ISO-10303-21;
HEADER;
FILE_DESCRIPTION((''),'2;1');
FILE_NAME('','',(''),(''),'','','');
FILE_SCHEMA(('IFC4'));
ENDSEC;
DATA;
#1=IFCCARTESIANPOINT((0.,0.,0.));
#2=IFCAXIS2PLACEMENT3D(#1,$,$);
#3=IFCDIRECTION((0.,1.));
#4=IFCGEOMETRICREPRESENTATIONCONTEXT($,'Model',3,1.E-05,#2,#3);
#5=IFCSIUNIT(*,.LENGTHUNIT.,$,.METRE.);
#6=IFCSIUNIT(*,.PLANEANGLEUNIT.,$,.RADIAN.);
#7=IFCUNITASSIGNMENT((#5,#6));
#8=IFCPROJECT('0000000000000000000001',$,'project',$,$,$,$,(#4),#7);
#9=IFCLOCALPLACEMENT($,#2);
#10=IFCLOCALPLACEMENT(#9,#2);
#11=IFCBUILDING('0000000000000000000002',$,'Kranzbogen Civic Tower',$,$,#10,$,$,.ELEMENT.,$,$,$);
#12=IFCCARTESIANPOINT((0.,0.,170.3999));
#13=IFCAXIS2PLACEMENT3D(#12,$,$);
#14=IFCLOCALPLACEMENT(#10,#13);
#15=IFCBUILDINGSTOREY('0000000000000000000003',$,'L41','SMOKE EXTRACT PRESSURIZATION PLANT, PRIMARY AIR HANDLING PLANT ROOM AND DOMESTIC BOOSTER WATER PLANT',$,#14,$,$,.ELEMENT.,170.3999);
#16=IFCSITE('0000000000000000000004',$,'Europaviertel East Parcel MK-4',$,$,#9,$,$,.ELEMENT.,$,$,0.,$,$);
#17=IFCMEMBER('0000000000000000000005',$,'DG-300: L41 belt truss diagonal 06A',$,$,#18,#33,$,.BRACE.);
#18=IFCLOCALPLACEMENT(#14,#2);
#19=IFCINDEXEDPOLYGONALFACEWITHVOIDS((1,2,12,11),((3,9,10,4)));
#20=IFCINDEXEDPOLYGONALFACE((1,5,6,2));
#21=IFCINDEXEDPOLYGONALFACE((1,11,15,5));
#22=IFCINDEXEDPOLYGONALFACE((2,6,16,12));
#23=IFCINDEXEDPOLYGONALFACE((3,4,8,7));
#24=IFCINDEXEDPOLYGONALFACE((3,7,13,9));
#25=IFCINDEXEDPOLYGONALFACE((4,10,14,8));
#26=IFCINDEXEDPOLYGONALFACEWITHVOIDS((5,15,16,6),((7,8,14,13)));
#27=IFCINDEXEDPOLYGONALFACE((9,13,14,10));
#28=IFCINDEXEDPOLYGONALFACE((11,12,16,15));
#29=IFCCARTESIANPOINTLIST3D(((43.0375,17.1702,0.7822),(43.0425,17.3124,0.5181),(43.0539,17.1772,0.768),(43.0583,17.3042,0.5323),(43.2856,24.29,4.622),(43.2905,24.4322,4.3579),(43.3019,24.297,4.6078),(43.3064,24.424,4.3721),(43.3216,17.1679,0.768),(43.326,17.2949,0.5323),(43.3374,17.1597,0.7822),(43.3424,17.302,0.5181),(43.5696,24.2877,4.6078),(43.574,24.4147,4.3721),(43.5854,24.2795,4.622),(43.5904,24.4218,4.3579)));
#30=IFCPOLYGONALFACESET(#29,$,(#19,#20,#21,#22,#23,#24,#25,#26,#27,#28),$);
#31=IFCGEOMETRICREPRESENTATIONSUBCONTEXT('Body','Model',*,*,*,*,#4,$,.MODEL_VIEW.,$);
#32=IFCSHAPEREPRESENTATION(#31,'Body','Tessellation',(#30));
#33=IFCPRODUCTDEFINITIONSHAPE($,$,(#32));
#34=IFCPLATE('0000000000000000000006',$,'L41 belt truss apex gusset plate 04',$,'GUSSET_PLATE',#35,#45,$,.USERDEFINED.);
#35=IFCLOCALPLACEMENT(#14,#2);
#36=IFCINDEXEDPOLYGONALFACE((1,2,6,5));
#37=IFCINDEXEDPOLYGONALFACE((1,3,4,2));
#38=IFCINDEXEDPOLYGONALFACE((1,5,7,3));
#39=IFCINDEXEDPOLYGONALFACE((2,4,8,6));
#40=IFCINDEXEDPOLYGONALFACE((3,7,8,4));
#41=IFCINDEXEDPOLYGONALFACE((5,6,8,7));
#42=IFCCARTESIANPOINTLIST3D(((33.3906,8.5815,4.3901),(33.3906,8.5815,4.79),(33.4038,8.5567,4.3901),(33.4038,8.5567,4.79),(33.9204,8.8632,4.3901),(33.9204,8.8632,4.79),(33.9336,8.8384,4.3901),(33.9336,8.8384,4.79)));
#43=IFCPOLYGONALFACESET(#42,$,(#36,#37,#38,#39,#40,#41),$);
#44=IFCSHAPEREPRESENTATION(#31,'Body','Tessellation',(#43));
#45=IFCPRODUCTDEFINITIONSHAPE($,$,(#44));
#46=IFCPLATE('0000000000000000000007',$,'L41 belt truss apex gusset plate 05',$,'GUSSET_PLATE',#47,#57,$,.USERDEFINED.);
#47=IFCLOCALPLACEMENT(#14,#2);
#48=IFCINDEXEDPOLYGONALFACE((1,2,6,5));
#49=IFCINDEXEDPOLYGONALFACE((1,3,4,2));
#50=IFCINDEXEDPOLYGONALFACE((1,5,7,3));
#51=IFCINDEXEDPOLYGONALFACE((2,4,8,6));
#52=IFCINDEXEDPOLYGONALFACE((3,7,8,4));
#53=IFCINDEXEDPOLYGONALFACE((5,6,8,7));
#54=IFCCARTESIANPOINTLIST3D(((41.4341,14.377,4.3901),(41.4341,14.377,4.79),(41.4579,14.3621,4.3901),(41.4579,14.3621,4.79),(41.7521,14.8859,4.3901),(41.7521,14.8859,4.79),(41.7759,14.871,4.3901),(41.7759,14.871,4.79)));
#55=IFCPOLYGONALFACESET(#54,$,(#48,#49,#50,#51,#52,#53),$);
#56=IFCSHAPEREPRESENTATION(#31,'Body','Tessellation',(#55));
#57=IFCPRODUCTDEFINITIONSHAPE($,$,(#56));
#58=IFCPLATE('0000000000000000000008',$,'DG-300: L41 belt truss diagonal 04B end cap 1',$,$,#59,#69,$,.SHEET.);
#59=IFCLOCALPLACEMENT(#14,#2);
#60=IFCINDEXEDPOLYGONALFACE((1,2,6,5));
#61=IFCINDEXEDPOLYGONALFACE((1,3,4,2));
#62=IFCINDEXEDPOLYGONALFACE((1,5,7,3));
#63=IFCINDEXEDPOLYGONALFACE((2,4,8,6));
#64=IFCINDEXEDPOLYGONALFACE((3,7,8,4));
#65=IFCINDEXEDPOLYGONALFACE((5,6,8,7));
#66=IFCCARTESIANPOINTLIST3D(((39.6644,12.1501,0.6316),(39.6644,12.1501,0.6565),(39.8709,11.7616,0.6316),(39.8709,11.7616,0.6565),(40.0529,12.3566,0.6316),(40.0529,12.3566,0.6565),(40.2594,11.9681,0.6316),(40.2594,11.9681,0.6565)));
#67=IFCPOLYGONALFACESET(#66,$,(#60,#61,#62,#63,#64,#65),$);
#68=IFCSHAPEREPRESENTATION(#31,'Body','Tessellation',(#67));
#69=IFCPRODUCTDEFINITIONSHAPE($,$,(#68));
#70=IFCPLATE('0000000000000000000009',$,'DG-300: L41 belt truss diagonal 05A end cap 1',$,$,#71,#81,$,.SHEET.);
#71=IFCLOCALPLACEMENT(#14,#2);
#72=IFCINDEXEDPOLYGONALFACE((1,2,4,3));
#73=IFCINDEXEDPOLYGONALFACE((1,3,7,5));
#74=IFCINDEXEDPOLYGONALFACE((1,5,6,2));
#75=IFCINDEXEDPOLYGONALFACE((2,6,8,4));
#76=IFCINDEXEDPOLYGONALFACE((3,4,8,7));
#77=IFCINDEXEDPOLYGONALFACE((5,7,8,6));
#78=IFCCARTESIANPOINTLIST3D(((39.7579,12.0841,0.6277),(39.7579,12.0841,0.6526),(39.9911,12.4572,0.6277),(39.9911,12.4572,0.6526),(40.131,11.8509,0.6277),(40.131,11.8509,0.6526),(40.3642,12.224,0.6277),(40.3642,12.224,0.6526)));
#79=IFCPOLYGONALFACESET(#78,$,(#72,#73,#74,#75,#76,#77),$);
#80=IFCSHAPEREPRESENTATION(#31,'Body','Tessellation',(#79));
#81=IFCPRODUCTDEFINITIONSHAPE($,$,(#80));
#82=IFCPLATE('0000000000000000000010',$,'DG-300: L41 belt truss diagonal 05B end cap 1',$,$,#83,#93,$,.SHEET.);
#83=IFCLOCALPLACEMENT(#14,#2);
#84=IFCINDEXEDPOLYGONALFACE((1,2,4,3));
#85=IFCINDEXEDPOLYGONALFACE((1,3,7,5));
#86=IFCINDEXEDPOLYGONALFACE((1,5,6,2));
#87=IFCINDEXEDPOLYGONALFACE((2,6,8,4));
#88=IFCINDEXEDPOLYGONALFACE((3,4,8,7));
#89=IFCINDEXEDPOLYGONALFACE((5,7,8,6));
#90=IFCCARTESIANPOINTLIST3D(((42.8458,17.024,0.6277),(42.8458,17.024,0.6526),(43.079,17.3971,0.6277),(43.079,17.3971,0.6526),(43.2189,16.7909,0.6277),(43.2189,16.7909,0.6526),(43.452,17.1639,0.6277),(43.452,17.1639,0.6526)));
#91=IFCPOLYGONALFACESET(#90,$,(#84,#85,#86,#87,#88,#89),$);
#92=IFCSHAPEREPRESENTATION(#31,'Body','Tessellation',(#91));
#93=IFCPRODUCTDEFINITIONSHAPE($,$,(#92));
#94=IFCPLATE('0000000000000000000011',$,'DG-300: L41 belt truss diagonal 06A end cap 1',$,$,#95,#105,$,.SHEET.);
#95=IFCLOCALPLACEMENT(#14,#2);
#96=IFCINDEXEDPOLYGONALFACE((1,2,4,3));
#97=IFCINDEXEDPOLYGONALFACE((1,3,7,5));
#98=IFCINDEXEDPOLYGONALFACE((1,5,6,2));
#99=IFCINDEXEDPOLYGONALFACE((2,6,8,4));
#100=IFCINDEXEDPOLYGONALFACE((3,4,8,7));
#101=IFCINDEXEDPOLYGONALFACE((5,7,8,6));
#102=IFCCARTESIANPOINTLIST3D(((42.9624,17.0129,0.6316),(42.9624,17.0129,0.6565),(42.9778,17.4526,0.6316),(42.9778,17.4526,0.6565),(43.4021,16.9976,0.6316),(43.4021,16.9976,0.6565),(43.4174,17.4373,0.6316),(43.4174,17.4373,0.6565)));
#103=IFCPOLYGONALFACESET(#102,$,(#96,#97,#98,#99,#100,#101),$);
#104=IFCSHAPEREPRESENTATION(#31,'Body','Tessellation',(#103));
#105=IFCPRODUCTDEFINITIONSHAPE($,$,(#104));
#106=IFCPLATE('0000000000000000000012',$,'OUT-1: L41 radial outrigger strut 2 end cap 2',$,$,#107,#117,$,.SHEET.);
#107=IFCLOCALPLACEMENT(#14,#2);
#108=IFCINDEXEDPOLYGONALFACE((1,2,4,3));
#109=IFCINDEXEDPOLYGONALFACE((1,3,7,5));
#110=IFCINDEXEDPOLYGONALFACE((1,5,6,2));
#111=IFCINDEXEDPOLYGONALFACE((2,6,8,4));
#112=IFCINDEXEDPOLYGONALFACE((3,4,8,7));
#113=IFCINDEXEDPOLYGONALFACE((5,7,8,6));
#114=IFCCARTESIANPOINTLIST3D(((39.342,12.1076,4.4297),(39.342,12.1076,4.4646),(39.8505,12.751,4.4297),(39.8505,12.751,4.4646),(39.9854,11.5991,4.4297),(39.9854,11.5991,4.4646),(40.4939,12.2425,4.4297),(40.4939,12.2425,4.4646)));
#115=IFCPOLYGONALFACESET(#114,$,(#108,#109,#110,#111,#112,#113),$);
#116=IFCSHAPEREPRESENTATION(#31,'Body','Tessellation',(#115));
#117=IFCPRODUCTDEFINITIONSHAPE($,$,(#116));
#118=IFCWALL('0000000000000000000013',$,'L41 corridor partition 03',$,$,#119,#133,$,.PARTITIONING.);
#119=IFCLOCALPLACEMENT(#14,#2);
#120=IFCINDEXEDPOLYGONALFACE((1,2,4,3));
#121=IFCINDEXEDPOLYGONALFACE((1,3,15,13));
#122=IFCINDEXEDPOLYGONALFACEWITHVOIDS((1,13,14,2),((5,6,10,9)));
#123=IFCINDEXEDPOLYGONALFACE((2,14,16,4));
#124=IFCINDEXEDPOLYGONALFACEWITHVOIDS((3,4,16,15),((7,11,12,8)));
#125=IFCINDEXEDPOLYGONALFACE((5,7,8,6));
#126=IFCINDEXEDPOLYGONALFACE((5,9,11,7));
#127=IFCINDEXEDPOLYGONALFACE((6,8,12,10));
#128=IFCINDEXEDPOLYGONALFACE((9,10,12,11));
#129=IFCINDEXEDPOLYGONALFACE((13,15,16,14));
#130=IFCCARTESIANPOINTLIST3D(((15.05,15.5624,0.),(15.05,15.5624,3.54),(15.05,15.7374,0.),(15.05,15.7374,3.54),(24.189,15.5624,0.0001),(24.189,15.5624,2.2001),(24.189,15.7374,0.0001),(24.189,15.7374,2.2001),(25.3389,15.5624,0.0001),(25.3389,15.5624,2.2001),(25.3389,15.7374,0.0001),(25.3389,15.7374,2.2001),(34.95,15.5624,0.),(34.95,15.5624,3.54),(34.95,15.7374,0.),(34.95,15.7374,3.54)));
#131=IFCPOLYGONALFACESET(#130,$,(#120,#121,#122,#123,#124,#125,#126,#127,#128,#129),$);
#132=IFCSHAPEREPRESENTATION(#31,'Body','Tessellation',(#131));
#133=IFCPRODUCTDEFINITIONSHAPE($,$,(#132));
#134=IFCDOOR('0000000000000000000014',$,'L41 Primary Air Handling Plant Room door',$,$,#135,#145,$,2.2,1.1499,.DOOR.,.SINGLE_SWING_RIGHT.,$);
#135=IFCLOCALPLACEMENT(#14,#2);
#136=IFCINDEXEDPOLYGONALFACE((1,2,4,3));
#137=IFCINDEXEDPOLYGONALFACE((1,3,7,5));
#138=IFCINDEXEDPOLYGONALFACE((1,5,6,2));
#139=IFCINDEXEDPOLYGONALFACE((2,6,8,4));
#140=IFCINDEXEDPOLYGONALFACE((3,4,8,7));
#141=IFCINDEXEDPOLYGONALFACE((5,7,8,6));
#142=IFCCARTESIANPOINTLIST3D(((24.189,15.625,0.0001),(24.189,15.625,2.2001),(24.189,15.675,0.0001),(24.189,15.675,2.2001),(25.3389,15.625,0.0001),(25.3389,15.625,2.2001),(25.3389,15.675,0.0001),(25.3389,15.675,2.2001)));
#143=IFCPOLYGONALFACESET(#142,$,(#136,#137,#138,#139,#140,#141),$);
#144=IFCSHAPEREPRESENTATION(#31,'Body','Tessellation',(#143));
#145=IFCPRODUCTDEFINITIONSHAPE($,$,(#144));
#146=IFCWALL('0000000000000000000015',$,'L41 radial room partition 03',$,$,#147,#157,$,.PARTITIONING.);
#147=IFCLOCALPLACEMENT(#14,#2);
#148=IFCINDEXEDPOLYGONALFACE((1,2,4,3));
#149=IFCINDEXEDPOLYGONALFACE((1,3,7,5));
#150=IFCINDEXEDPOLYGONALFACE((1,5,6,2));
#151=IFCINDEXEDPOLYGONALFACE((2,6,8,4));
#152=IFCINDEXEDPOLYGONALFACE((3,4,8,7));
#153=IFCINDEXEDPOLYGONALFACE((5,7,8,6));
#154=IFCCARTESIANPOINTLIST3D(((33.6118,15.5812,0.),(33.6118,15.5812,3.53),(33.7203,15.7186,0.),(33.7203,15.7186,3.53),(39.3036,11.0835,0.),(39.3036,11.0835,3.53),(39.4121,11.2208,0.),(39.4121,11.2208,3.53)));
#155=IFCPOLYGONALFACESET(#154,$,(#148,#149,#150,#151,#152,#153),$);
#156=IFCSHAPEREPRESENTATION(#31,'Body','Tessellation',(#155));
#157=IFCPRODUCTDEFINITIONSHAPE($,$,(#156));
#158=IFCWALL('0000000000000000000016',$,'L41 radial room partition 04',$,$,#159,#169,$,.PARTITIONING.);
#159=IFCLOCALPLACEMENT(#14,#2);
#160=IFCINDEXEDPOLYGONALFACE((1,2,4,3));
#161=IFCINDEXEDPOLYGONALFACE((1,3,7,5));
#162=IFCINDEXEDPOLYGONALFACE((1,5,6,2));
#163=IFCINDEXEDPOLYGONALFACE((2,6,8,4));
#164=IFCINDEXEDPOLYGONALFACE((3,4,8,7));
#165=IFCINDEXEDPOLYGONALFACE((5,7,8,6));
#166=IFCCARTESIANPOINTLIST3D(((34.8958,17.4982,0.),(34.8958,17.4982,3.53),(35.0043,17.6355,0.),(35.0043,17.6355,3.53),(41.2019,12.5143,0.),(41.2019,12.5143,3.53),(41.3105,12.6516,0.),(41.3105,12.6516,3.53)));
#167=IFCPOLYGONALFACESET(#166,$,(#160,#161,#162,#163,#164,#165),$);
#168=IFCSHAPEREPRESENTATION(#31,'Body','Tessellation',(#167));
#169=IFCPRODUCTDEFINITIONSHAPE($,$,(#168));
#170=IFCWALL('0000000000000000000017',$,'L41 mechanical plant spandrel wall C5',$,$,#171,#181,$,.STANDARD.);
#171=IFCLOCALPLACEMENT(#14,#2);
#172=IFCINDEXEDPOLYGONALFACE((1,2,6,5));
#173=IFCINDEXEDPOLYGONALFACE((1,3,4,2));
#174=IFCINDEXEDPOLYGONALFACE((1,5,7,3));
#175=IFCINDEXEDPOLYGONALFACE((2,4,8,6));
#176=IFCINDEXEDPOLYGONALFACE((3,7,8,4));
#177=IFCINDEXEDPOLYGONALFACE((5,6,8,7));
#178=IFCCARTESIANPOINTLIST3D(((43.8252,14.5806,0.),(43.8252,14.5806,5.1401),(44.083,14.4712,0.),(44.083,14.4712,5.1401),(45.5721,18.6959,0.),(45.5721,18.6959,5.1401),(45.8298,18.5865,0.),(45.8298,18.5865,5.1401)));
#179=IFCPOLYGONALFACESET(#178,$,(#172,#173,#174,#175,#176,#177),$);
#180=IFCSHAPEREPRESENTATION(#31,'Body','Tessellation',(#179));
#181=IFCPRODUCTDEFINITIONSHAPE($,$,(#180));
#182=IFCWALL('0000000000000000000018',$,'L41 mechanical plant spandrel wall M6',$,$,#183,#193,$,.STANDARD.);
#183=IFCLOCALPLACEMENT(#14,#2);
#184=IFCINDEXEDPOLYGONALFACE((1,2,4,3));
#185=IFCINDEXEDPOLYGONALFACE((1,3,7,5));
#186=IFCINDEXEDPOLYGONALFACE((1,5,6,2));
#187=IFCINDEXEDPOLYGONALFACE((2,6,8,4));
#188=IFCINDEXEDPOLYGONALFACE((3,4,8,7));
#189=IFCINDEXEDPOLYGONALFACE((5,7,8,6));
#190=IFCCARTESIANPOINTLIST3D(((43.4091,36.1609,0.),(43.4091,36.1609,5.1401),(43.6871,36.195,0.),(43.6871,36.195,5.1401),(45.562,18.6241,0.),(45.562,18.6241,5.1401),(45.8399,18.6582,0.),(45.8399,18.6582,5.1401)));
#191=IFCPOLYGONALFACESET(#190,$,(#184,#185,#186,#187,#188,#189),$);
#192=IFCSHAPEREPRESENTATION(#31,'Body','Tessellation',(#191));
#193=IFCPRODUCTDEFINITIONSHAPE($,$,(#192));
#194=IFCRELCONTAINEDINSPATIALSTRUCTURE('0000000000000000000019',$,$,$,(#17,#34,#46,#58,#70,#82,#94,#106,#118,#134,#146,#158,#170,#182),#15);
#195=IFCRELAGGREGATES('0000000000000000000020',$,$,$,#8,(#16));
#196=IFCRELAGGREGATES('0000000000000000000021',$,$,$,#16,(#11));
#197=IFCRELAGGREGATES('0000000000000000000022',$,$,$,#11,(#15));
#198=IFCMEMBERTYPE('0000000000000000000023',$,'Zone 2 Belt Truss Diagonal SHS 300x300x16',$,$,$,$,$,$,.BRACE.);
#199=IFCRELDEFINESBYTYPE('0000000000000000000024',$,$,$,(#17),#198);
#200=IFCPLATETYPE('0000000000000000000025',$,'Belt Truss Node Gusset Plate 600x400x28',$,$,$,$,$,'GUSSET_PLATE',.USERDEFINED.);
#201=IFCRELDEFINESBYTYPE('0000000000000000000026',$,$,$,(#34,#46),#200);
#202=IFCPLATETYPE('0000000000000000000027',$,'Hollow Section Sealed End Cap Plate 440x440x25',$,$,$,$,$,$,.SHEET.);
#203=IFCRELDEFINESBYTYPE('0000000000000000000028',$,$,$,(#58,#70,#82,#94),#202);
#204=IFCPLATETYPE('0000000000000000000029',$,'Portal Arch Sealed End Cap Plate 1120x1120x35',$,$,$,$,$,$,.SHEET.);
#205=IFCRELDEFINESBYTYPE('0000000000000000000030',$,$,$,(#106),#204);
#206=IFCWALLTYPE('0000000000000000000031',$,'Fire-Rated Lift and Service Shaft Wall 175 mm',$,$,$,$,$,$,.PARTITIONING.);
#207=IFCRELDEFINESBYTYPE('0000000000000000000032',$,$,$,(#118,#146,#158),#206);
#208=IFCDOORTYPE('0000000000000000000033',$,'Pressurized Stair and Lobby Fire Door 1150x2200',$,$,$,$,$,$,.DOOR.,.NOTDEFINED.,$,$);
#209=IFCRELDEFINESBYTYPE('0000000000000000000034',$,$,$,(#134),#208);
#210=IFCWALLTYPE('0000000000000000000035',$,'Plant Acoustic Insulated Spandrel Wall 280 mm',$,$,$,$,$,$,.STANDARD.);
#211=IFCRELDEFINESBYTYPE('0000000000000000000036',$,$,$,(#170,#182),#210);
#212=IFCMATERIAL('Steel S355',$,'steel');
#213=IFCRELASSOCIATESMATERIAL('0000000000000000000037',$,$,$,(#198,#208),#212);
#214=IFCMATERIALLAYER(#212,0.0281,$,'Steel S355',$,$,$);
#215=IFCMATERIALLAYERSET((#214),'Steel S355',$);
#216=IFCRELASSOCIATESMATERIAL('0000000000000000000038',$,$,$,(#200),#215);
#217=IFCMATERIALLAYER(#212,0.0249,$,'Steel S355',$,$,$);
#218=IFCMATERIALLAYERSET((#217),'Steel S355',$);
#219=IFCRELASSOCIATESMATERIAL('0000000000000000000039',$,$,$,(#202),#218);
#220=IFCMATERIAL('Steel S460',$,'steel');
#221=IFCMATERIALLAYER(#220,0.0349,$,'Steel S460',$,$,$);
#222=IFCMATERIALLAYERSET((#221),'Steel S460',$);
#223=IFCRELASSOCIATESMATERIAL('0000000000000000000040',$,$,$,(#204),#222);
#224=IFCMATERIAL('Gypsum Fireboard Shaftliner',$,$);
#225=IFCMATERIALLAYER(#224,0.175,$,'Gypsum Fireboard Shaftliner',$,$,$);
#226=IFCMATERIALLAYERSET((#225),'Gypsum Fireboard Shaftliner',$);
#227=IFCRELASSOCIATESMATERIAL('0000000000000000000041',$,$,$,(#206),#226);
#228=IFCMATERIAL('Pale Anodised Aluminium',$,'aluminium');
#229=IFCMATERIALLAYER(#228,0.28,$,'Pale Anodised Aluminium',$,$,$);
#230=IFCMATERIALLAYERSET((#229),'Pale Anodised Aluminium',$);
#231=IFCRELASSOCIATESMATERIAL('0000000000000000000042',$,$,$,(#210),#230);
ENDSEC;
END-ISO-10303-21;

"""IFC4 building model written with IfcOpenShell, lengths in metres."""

from ifc_helpers import new_model, si_unit, direction, frame, frame_2d, origin, origin_2d, place, context, subcontext, project, spatial, rectangle, hollow_rectangle, extrude, material, layer, layer_set, material_profile, profile_set, type_object, element, fill, save


model = new_model("IFC4")

# Units and contexts
model_context = context("Model", 3, precision=1e-05, world=origin(), true_north=direction((0.0, 1.0)))
body_context = subcontext(model_context, "Body", "Model", "MODEL_VIEW")
ifc_project = project(units=[si_unit("LENGTHUNIT", "METRE"), si_unit("PLANEANGLEUNIT", "RADIAN")], contexts=[model_context])

# Site, building, storey
site_placement = place(None, origin())
site = spatial("IfcSite", under=ifc_project, at=site_placement, Name="Europaviertel East Parcel MK-4", CompositionType="ELEMENT", RefElevation=0.0)
building_placement = place(site_placement, origin())
building = spatial("IfcBuilding", under=site, at=building_placement, Name="Kranzbogen Civic Tower", CompositionType="ELEMENT")
storey_placement = place(building_placement, frame((0.0, 0.0, 170.3999)))
storey = spatial("IfcBuildingStorey", under=building, at=storey_placement, Name="L41", Description="SMOKE EXTRACT PRESSURIZATION PLANT, PRIMARY AIR HANDLING PLANT ROOM AND DOMESTIC BOOSTER WATER PLANT", CompositionType="ELEMENT", Elevation=170.3999)

# Shared definitions
ifc_material_1 = material(Name="Steel S355", Category="steel")

# Shared definitions
ifc_material_2 = material(Name="Steel S460", Category="steel")

# Member
ifc_material_profile_1 = material_profile(ifc_material_1, hollow_rectangle(XDim=0.3, YDim=0.3, WallThickness=0.0161, at=origin_2d()), Name="SHS 300x300x16")
ifc_profile_set_1 = profile_set([ifc_material_profile_1], Name="Steel S355")
member_type_1 = type_object("IfcMemberType", Name="Zone 2 Belt Truss Diagonal SHS 300x300x16", PredefinedType="BRACE", material=ifc_profile_set_1)
member_1_placement = place(storey_placement, frame((43.1899, 17.2361, 0.6501), z_axis=(0.030649, 0.879744, 0.474458), x_axis=(-0.999394, 0.034818, 0.0)))
element("IfcMember", 1, at=member_1_placement, inside=storey, type_object=member_type_1, Name="DG-300: L41 belt truss diagonal 06A", PredefinedType="BRACE", context=body_context, shape_type="SweptSolid", body=[
    extrude(hollow_rectangle(XDim=0.3, YDim=0.3, WallThickness=0.0161, at=origin_2d()), origin(), (0.0, 0.0, 1.0), 8.093),
])

# Plates
ifc_layer_1 = layer(ifc_material_1, 0.0281, Name="Steel S355")
ifc_layer_set_1 = layer_set([ifc_layer_1], Name="Steel S355")
plate_type_1 = type_object("IfcPlateType", Name="Belt Truss Node Gusset Plate 600x400x28", ElementType="GUSSET_PLATE", PredefinedType="USERDEFINED", material=ifc_layer_set_1)
for number, where, z_axis, x_axis, name in (
    (2, (33.6621, 8.71, 4.3901), (0.0, 0.0, 1.0), (0.882956, 0.469456, 0.0), "L41 belt truss apex gusset plate 04"),
    (3, (41.605, 14.624, 4.3901), (0.0, 0.0, 1.0), (0.529875, 0.848076, 0.0), "L41 belt truss apex gusset plate 05"),
):
    element("IfcPlate", number, at=place(storey_placement, frame(where, z_axis=z_axis, x_axis=x_axis)), inside=storey, type_object=plate_type_1, Name=name, ObjectType="GUSSET_PLATE", PredefinedType="USERDEFINED", context=body_context, shape_type="SweptSolid", body=[
        extrude(rectangle(XDim=0.6001, YDim=0.0281, at=origin_2d()), origin(), (0.0, 0.0, 1.0), 0.3999),
    ])
ifc_layer_2 = layer(ifc_material_1, 0.0249, Name="Steel S355")
ifc_layer_set_2 = layer_set([ifc_layer_2], Name="Steel S355")
plate_type_2 = type_object("IfcPlateType", Name="Hollow Section Sealed End Cap Plate 440x440x25", PredefinedType="SHEET", material=ifc_layer_set_2)
for number, where, z_axis, x_axis, name in (
    (4, (39.9619, 12.0591, 0.6316), (0.0, 0.0, 1.0), (-0.882972, -0.469425, 0.0), "DG-300: L41 belt truss diagonal 04B end cap 1"),
    (5, (40.061, 12.1541, 0.6277), (0.0, 0.0, 1.0), (0.529993, 0.848002, 0.0), "DG-300: L41 belt truss diagonal 05A end cap 1"),
    (6, (43.1489, 17.094, 0.6277), (0.0, 0.0, 1.0), (-0.529993, -0.848002, 0.0), "DG-300: L41 belt truss diagonal 05B end cap 1"),
    (7, (43.1899, 17.2251, 0.6316), (0.0, 0.0, 1.0), (0.034812, 0.999394, 0.0), "DG-300: L41 belt truss diagonal 06A end cap 1"),
):
    element("IfcPlate", number, at=place(storey_placement, frame(where, z_axis=z_axis, x_axis=x_axis)), inside=storey, type_object=plate_type_2, Name=name, PredefinedType="SHEET", context=body_context, shape_type="SweptSolid", body=[
        extrude(rectangle(XDim=0.4399, YDim=0.4399, at=origin_2d()), origin(), (0.0, 0.0, 1.0), 0.0249),
    ])
ifc_layer_3 = layer(ifc_material_2, 0.0349, Name="Steel S460")
ifc_layer_set_3 = layer_set([ifc_layer_3], Name="Steel S460")
plate_type_3 = type_object("IfcPlateType", Name="Portal Arch Sealed End Cap Plate 1120x1120x35", PredefinedType="SHEET", material=ifc_layer_set_3)
plate_placement = place(storey_placement, frame((39.918, 12.175, 4.4297), z_axis=(0.0, 0.0, 1.0), x_axis=(0.78456, -0.620053, 0.0)))
element("IfcPlate", 8, at=plate_placement, inside=storey, type_object=plate_type_3, Name="OUT-1: L41 radial outrigger strut 2 end cap 2", PredefinedType="SHEET", context=body_context, shape_type="SweptSolid", body=[
    extrude(rectangle(XDim=0.8201, YDim=0.8201, at=origin_2d()), origin(), (0.0, 0.0, 1.0), 0.0349),
])

# Wall, opening, door
ifc_material_3 = material(Name="Gypsum Fireboard Shaftliner")
ifc_layer_4 = layer(ifc_material_3, 0.175, Name="Gypsum Fireboard Shaftliner")
ifc_layer_set_4 = layer_set([ifc_layer_4], Name="Gypsum Fireboard Shaftliner")
wall_type_1 = type_object("IfcWallType", Name="Fire-Rated Lift and Service Shaft Wall 175 mm", PredefinedType="PARTITIONING", material=ifc_layer_set_4)
wall_1_placement = place(storey_placement, frame((34.95, 15.6499, 0.0), z_axis=(0.0, 0.0, 1.0), x_axis=(-1.0, 0.0, 0.0)))
wall_1 = element("IfcWall", 9, at=wall_1_placement, inside=storey, type_object=wall_type_1, Name="L41 corridor partition 03", PredefinedType="PARTITIONING", context=body_context, shape_type="SweptSolid", body=[
    extrude(rectangle(XDim=19.8999, YDim=0.175, at=frame_2d((9.95, 0.0))), origin(), (0.0, 0.0, 1.0), 3.54),
])
opening_placement = place(wall_1_placement, frame((9.6111, 0.0, 0.0)))
opening = element("IfcOpeningElement", 10, at=opening_placement, cuts=wall_1, PredefinedType="OPENING", context=body_context, shape_type="SweptSolid", body=[
    extrude(rectangle(XDim=1.1499, YDim=2.2, at=frame_2d((0.575, 1.1001))), frame((0.0, 0.0977, 0.0), z_axis=(0.0, -1.0, 0.0), x_axis=(1.0, 0.0, 0.0)), (0.0, 0.0, 1.0), 0.1951),
])
door_type = type_object("IfcDoorType", Name="Pressurized Stair and Lobby Fire Door 1150x2200", OperationType="NOTDEFINED", PredefinedType="DOOR", material=ifc_material_1)
door_placement = place(opening_placement, origin())
door = element("IfcDoor", 11, at=door_placement, inside=storey, type_object=door_type, Name="L41 Primary Air Handling Plant Room door", OperationType="SINGLE_SWING_RIGHT", OverallHeight=2.2, OverallWidth=1.1499, PredefinedType="DOOR", context=body_context, shape_type="SweptSolid", body=[
    extrude(rectangle(XDim=1.1499, YDim=2.2, at=frame_2d((0.575, 1.1001))), frame((0.0, 0.0249, 0.0), z_axis=(0.0, -1.0, 0.0), x_axis=(1.0, 0.0, 0.0)), (0.0, 0.0, 1.0), 0.05),
])
fill(opening, door)

# Walls
wall_2_placement = place(storey_placement, frame((33.666, 15.6499, 0.0), z_axis=(0.0, 0.0, 1.0), x_axis=(0.784601, -0.620001, 0.0)))
element("IfcWall", 12, at=wall_2_placement, inside=storey, type_object=wall_type_1, Name="L41 radial room partition 03", PredefinedType="PARTITIONING", context=body_context, shape_type="SweptSolid", body=[
    extrude(rectangle(XDim=7.2544, YDim=0.175, at=frame_2d((3.6272, 0.0))), origin(), (0.0, 0.0, 1.0), 3.53),
])
wall_3_placement = place(storey_placement, frame((34.95, 17.5669, 0.0), z_axis=(0.0, 0.0, 1.0), x_axis=(0.784559, -0.620054, 0.0)))
element("IfcWall", 13, at=wall_3_placement, inside=storey, type_object=wall_type_1, Name="L41 radial room partition 04", PredefinedType="PARTITIONING", context=body_context, shape_type="SweptSolid", body=[
    extrude(rectangle(XDim=8.0378, YDim=0.175, at=frame_2d((4.019, 0.0))), origin(), (0.0, 0.0, 1.0), 3.53),
])
ifc_material_4 = material(Name="Pale Anodised Aluminium", Category="aluminium")
ifc_layer_5 = layer(ifc_material_4, 0.28, Name="Pale Anodised Aluminium")
ifc_layer_set_5 = layer_set([ifc_layer_5], Name="Pale Anodised Aluminium")
wall_type_2 = type_object("IfcWallType", Name="Plant Acoustic Insulated Spandrel Wall 280 mm", PredefinedType="STANDARD", material=ifc_layer_set_5)
wall_4_placement = place(storey_placement, frame((43.9541, 14.5259, 0.0), z_axis=(0.0, 0.0, 1.0), x_axis=(0.390734, 0.920504, 0.0)))
element("IfcWall", 14, at=wall_4_placement, inside=storey, type_object=wall_type_2, Name="L41 mechanical plant spandrel wall C5", PredefinedType="STANDARD", context=body_context, shape_type="SweptSolid", body=[
    extrude(rectangle(XDim=4.4707, YDim=0.28, at=frame_2d((2.2354, 0.0))), origin(), (0.0, 0.0, 1.0), 5.1401),
])
wall_5_placement = place(storey_placement, frame((45.7009, 18.6411, 0.0), z_axis=(0.0, 0.0, 1.0), x_axis=(-0.121846, 0.992549, 0.0)))
element("IfcWall", 15, at=wall_5_placement, inside=storey, type_object=wall_type_2, Name="L41 mechanical plant spandrel wall M6", PredefinedType="STANDARD", context=body_context, shape_type="SweptSolid", body=[
    extrude(rectangle(XDim=17.6685, YDim=0.28, at=frame_2d((8.8342, 0.0))), origin(), (0.0, 0.0, 1.0), 5.1401),
])

save(model, "model.ifc")
